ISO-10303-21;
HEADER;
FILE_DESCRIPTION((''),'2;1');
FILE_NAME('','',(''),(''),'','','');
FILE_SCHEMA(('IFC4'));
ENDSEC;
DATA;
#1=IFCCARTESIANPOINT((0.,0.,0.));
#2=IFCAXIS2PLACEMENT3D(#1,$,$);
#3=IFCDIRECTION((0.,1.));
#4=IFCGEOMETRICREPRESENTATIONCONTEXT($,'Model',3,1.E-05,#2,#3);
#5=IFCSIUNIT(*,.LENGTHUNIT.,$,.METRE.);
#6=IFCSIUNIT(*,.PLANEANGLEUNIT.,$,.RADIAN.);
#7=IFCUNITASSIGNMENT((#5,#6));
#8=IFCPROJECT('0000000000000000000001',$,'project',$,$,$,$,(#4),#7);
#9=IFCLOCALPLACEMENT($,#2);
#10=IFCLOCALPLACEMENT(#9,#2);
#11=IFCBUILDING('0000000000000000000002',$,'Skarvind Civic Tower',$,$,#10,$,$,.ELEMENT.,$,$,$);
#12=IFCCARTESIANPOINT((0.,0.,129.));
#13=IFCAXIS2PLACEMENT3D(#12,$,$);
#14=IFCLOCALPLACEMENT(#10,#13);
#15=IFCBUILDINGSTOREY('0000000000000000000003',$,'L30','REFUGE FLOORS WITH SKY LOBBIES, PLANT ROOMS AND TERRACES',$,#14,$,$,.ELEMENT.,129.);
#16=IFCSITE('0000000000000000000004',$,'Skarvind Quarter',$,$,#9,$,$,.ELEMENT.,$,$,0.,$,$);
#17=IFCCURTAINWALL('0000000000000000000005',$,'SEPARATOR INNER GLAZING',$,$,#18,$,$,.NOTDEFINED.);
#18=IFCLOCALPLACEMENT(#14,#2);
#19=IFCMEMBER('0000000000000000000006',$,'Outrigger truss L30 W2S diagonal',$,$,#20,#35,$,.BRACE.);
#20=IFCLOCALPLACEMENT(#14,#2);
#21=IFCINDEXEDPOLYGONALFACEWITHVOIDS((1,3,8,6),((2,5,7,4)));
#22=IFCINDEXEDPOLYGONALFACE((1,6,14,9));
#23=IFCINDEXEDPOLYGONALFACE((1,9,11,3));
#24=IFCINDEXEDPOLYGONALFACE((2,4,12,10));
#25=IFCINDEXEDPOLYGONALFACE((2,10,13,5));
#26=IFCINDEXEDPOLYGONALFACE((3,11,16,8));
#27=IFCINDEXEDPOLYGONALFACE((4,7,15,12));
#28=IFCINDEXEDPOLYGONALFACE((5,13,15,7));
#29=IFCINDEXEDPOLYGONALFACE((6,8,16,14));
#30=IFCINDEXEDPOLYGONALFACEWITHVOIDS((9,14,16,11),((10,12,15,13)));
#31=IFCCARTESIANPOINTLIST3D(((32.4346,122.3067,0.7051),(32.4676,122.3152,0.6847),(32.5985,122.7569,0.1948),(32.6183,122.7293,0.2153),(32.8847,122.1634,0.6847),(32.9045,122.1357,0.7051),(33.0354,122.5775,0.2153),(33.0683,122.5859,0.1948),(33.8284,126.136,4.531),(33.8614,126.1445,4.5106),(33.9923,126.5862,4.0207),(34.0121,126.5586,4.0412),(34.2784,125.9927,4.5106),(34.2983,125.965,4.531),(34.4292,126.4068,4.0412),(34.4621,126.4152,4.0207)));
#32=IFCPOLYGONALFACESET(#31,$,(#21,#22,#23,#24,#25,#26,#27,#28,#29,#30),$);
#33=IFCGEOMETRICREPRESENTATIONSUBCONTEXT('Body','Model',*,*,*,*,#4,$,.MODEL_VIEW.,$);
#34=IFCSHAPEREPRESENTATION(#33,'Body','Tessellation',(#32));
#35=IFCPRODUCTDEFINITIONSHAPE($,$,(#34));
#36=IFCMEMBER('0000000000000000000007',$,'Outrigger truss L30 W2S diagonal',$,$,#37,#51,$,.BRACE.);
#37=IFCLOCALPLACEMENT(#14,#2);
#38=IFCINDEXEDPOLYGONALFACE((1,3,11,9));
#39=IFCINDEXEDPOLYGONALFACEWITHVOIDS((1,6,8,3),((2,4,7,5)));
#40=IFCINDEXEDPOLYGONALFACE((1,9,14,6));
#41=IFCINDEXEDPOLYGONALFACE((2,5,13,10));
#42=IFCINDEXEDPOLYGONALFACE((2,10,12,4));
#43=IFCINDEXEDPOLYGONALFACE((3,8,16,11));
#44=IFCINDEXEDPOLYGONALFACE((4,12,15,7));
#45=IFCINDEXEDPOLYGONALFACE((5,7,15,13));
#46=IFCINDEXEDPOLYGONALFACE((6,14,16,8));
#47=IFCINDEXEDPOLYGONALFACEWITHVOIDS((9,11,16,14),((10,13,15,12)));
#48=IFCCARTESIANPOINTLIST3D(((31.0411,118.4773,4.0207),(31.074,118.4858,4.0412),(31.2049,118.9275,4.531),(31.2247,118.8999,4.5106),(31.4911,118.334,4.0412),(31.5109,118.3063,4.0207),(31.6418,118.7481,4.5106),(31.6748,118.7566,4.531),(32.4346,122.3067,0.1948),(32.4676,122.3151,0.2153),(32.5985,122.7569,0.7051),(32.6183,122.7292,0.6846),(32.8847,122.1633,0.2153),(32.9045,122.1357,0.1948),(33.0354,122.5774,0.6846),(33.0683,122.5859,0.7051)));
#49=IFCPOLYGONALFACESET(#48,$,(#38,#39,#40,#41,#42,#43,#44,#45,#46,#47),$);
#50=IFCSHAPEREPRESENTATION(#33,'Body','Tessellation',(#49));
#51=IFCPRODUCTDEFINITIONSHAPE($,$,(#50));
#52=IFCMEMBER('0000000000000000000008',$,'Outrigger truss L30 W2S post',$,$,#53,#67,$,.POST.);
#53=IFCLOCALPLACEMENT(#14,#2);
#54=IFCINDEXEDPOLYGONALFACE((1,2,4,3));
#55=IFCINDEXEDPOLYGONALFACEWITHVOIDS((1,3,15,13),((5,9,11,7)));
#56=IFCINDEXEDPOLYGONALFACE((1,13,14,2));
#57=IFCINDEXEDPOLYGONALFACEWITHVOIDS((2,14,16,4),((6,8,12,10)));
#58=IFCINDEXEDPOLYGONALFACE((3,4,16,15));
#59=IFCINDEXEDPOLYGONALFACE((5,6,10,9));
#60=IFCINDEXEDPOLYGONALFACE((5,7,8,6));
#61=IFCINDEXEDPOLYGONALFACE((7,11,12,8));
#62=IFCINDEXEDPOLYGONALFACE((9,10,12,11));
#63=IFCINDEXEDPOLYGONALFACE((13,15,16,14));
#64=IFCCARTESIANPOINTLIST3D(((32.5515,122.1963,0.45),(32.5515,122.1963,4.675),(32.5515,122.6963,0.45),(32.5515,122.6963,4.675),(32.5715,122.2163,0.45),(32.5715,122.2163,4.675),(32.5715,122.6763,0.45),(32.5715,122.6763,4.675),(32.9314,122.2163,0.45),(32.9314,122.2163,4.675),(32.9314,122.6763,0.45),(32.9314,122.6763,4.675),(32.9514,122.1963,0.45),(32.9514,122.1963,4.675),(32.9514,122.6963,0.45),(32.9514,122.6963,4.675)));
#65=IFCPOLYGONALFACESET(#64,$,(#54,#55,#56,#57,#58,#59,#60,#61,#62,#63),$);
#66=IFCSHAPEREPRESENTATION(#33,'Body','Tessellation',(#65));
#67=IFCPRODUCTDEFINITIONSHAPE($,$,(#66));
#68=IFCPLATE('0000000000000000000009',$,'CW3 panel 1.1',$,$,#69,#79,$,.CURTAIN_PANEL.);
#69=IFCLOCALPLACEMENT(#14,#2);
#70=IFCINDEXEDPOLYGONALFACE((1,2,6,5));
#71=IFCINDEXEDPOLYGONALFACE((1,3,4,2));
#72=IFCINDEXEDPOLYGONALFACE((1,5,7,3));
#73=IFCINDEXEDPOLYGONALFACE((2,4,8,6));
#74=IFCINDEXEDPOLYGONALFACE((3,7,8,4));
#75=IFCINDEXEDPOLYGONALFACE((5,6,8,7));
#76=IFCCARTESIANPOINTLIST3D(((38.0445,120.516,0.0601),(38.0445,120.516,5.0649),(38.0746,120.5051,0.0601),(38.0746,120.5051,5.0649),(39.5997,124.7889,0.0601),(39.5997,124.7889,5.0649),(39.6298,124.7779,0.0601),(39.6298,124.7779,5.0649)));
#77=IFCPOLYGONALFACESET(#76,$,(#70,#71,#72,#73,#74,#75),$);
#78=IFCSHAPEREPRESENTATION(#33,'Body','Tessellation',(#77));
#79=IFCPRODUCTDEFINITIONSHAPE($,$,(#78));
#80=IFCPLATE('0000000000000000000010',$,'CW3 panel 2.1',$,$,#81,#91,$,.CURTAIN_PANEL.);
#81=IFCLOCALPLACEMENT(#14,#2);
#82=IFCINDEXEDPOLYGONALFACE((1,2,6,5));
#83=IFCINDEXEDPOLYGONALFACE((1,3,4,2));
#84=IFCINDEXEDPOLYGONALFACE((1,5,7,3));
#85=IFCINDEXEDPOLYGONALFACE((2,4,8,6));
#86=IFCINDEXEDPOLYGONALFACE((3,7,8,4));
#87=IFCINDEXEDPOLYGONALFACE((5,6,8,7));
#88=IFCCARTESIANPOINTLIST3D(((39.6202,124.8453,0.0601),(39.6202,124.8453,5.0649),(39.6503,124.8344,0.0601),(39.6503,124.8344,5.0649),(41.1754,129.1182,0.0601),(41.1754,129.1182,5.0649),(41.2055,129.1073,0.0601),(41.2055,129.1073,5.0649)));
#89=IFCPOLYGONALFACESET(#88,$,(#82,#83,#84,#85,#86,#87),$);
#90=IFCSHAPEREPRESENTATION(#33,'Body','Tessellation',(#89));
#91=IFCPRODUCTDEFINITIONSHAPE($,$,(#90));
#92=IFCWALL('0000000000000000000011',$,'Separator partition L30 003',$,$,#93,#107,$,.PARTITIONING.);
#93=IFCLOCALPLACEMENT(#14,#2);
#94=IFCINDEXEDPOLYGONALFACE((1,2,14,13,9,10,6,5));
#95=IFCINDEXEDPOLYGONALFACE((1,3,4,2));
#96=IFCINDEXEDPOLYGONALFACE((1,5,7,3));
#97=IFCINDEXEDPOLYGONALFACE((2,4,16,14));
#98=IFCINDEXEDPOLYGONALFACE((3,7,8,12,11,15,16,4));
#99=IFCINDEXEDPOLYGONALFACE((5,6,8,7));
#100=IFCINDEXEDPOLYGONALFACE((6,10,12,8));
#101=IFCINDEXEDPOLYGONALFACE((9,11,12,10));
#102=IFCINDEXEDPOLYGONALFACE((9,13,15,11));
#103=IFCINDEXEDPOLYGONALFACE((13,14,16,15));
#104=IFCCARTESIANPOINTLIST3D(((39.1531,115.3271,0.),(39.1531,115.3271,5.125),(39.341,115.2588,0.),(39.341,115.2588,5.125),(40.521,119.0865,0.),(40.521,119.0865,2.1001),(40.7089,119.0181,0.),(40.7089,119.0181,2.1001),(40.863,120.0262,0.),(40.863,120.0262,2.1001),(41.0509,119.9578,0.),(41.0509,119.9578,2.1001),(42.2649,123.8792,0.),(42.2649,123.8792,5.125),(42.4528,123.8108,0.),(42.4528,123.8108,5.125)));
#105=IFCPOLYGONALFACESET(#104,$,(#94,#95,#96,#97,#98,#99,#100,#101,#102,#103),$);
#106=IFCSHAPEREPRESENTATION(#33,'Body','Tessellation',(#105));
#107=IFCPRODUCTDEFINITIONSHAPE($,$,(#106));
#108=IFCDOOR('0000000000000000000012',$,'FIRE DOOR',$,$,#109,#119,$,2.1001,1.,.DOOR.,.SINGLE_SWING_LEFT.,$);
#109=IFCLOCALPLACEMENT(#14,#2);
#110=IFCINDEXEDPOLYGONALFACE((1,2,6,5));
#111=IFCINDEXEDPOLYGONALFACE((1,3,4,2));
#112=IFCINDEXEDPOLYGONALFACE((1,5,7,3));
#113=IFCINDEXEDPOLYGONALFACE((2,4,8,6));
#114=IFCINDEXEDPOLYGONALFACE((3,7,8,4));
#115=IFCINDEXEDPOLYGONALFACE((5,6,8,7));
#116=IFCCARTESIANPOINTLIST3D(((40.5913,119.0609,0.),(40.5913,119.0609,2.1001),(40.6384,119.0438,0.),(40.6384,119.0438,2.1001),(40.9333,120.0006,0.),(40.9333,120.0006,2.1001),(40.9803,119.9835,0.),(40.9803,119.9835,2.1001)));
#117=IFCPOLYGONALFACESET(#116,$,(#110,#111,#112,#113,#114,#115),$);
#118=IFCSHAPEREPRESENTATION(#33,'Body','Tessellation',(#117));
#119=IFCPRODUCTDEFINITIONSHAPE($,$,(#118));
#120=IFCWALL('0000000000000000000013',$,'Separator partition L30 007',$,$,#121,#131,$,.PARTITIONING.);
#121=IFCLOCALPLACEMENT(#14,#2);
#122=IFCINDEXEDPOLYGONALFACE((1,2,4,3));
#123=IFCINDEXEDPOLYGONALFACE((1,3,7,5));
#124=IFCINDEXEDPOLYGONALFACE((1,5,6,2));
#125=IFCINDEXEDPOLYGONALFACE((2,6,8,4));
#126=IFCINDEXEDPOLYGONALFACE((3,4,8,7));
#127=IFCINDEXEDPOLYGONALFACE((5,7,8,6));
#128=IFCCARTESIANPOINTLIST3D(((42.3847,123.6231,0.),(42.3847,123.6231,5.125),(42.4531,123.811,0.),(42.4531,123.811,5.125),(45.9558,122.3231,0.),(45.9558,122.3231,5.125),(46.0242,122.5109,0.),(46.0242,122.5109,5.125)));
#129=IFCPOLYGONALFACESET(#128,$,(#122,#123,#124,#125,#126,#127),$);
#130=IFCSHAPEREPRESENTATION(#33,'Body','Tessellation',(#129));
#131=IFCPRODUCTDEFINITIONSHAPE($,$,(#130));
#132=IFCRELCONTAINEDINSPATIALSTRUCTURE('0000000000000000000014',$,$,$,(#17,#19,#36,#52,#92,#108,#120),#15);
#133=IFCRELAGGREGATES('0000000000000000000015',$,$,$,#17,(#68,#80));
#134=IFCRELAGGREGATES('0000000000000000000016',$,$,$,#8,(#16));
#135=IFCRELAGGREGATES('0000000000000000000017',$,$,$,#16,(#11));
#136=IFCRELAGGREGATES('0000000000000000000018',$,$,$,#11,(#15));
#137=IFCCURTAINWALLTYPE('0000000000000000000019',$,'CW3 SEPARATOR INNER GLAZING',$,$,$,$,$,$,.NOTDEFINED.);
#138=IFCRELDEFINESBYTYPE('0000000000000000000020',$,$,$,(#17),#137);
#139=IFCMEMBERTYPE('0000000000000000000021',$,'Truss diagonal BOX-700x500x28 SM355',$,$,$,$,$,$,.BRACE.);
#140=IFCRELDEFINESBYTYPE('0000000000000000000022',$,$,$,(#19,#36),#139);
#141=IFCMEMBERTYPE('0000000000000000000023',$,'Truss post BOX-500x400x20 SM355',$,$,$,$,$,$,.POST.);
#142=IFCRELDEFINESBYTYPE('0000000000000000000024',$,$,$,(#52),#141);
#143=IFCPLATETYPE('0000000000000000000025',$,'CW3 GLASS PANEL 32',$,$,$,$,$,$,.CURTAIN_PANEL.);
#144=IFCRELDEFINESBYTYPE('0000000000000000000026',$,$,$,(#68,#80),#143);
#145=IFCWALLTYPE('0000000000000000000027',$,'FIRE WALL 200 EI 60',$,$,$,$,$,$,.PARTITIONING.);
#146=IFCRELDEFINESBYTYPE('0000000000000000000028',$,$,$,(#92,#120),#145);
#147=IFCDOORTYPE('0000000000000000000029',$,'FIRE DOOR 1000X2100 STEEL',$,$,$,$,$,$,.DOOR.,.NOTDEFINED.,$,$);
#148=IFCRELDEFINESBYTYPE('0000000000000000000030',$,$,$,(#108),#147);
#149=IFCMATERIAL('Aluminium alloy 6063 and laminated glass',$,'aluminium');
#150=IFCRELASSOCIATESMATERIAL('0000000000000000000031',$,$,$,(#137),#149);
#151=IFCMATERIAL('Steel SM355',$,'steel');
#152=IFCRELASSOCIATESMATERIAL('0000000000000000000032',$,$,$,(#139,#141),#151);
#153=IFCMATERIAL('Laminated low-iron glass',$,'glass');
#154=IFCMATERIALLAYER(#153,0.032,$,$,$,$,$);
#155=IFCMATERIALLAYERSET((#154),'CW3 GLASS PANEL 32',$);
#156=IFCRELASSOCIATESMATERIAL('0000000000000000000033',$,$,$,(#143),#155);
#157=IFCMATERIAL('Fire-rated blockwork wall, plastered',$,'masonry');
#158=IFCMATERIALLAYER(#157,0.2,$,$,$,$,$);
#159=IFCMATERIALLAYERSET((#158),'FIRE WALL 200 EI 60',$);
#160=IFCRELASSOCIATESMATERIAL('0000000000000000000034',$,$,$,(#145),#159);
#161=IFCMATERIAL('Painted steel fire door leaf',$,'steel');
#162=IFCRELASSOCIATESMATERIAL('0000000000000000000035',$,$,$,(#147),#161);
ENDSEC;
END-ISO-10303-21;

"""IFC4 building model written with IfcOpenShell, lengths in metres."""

from ifc_helpers import new_model, si_unit, direction, frame, frame_2d, origin, origin_2d, place, context, subcontext, project, spatial, rectangle, hollow_rectangle, extrude, material, layer, layer_set, material_profile, profile_set, type_object, element, fill, aggregate, save


model = new_model("IFC4")

# Units and contexts
model_context = context("Model", 3, precision=1e-05, world=origin(), true_north=direction((0.0, 1.0)))
body_context = subcontext(model_context, "Body", "Model", "MODEL_VIEW")
ifc_project = project(units=[si_unit("LENGTHUNIT", "METRE"), si_unit("PLANEANGLEUNIT", "RADIAN")], contexts=[model_context])

# Site, building, storey
site_placement = place(None, origin())
site = spatial("IfcSite", under=ifc_project, at=site_placement, Name="Skarvind Quarter", CompositionType="ELEMENT", RefElevation=0.0)
building_placement = place(site_placement, origin())
building = spatial("IfcBuilding", under=site, at=building_placement, Name="Skarvind Civic Tower", CompositionType="ELEMENT")
storey_placement = place(building_placement, frame((0.0, 0.0, 129.0)))
storey = spatial("IfcBuildingStorey", under=building, at=storey_placement, Name="L30", Description="REFUGE FLOORS WITH SKY LOBBIES, PLANT ROOMS AND TERRACES", CompositionType="ELEMENT", Elevation=129.0)

# Shared definitions
ifc_material_1 = material(Name="Aluminium alloy 6063 and laminated glass", Category="aluminium")
curtain_wall_type = type_object("IfcCurtainWallType", Name="CW3 SEPARATOR INNER GLAZING", PredefinedType="NOTDEFINED", material=ifc_material_1)

# Curtain wall
curtain_wall_1_placement = place(storey_placement, origin())
curtain_wall_1 = element("IfcCurtainWall", 1, at=curtain_wall_1_placement, inside=storey, type_object=curtain_wall_type, Name="SEPARATOR INNER GLAZING", PredefinedType="NOTDEFINED")

# Members
ifc_material_2 = material(Name="Steel SM355", Category="steel")
ifc_material_profile_1 = material_profile(ifc_material_2, hollow_rectangle(XDim=0.5, YDim=0.7, WallThickness=0.0281, at=origin_2d()), Name="BOX-700x500x28")
ifc_profile_set_1 = profile_set([ifc_material_profile_1], Name="Steel SM355")
member_type_1 = type_object("IfcMemberType", Name="Truss diagonal BOX-700x500x28 SM355", PredefinedType="BRACE", material=ifc_profile_set_1)
for number, where, z_axis, x_axis, name in (
    (2, (34.1453, 126.2756, 4.2759), (-0.249353, -0.685077, -0.684465), (0.93969, -0.342027, 0.0), "Outrigger truss L30 W2S diagonal"),
    (3, (32.7515, 122.4463, 0.45), (-0.249312, -0.685084, 0.684473), (0.939709, -0.341974, 0.0), "Outrigger truss L30 W2S diagonal"),
):
    element("IfcMember", number, at=place(storey_placement, frame(where, z_axis=z_axis, x_axis=x_axis)), inside=storey, type_object=member_type_1, Name=name, PredefinedType="BRACE", context=body_context, shape_type="SweptSolid", body=[
        extrude(hollow_rectangle(XDim=0.5, YDim=0.7, WallThickness=0.0281, at=origin_2d()), origin(), (0.0, 0.0, 1.0), 5.5896),
    ])
ifc_material_profile_2 = material_profile(ifc_material_2, hollow_rectangle(XDim=0.3999, YDim=0.5, WallThickness=0.02, at=origin_2d()), Name="BOX-500x400x20")
ifc_profile_set_2 = profile_set([ifc_material_profile_2], Name="Steel SM355")
member_type_2 = type_object("IfcMemberType", Name="Truss post BOX-500x400x20 SM355", PredefinedType="POST", material=ifc_profile_set_2)
member_1_placement = place(storey_placement, frame((32.7515, 122.4463, 0.45), z_axis=(0.0, 0.0, 1.0), x_axis=(1.0, 0.0, 0.0)))
element("IfcMember", 4, at=member_1_placement, inside=storey, type_object=member_type_2, Name="Outrigger truss L30 W2S post", PredefinedType="POST", context=body_context, shape_type="SweptSolid", body=[
    extrude(hollow_rectangle(XDim=0.3999, YDim=0.5, WallThickness=0.02, at=origin_2d()), origin(), (0.0, 0.0, 1.0), 4.2251),
])

# Plates
ifc_material_3 = material(Name="Laminated low-iron glass", Category="glass")
ifc_layer_1 = layer(ifc_material_3, 0.032)
ifc_layer_set_1 = layer_set([ifc_layer_1], Name="CW3 GLASS PANEL 32")
plate_type = type_object("IfcPlateType", Name="CW3 GLASS PANEL 32", PredefinedType="CURTAIN_PANEL", material=ifc_layer_set_1)
plate_1_placement = place(storey_placement, frame((38.8372, 122.647, 0.0601), z_axis=(0.0, 0.0, 1.0), x_axis=(0.342026, 0.93969, 0.0)))
plate_1 = element("IfcPlate", 5, at=plate_1_placement, type_object=plate_type, Name="CW3 panel 1.1", PredefinedType="CURTAIN_PANEL", context=body_context, shape_type="SweptSolid", body=[
    extrude(rectangle(XDim=4.5471, YDim=0.032, at=origin_2d()), origin(), (0.0, 0.0, 1.0), 5.0049),
])
plate_2_placement = place(storey_placement, frame((40.4128, 126.9763, 0.0601), z_axis=(0.0, 0.0, 1.0), x_axis=(0.342026, 0.93969, 0.0)))
plate_2 = element("IfcPlate", 6, at=plate_2_placement, type_object=plate_type, Name="CW3 panel 2.1", PredefinedType="CURTAIN_PANEL", context=body_context, shape_type="SweptSolid", body=[
    extrude(rectangle(XDim=4.5471, YDim=0.032, at=origin_2d()), origin(), (0.0, 0.0, 1.0), 5.0049),
])
aggregate(curtain_wall_1, [plate_1, plate_2])

# Wall, opening, door
ifc_material_4 = material(Name="Fire-rated blockwork wall, plastered", Category="masonry")
ifc_layer_2 = layer(ifc_material_4, 0.2)
ifc_layer_set_2 = layer_set([ifc_layer_2], Name="FIRE WALL 200 EI 60")
wall_type_1 = type_object("IfcWallType", Name="FIRE WALL 200 EI 60", PredefinedType="PARTITIONING", material=ifc_layer_set_2)
wall_1_placement = place(storey_placement, frame((42.3589, 123.845, 0.0), z_axis=(0.0, 0.0, 1.0), x_axis=(-0.341937, -0.939723, 0.0)))
wall_1 = element("IfcWall", 7, at=wall_1_placement, inside=storey, type_object=wall_type_1, Name="Separator partition L30 003", PredefinedType="PARTITIONING", context=body_context, shape_type="SweptSolid", body=[
    extrude(rectangle(XDim=9.1006, YDim=0.2, at=frame_2d((4.5503, 0.0))), origin(), (0.0, 0.0, 1.0), 5.125),
])
opening_1_placement = place(wall_1_placement, frame((4.1001, 0.0, 0.0)))
opening_1 = element("IfcOpeningElement", 8, at=opening_1_placement, cuts=wall_1, PredefinedType="OPENING", context=body_context, shape_type="SweptSolid", body=[
    extrude(rectangle(XDim=1.0, YDim=2.1001, at=frame_2d((0.5, 1.05))), frame((0.0, 0.1099, 0.0), z_axis=(0.0, -1.0, 0.0), x_axis=(1.0, 0.0, 0.0)), (0.0, 0.0, 1.0), 0.22),
])
ifc_material_5 = material(Name="Painted steel fire door leaf", Category="steel")
door_type = type_object("IfcDoorType", Name="FIRE DOOR 1000X2100 STEEL", OperationType="NOTDEFINED", PredefinedType="DOOR", material=ifc_material_5)
door_1_placement = place(opening_1_placement, origin())
door_1 = element("IfcDoor", 9, at=door_1_placement, inside=storey, type_object=door_type, Name="FIRE DOOR", OperationType="SINGLE_SWING_LEFT", OverallHeight=2.1001, OverallWidth=1.0, PredefinedType="DOOR", context=body_context, shape_type="SweptSolid", body=[
    extrude(rectangle(XDim=1.0, YDim=2.1001, at=frame_2d((0.5, 1.05))), frame((0.0, 0.0249, 0.0), z_axis=(0.0, -1.0, 0.0), x_axis=(1.0, 0.0, 0.0)), (0.0, 0.0, 1.0), 0.05),
])
fill(opening_1, door_1)

# Wall
wall_2_placement = place(storey_placement, frame((42.4189, 123.717, 0.0), z_axis=(0.0, 0.0, 1.0), x_axis=(0.939668, -0.342089, 0.0)))
element("IfcWall", 10, at=wall_2_placement, inside=storey, type_object=wall_type_1, Name="Separator partition L30 007", PredefinedType="PARTITIONING", context=body_context, shape_type="SweptSolid", body=[
    extrude(rectangle(XDim=3.8003, YDim=0.2, at=frame_2d((1.9001, 0.0))), origin(), (0.0, 0.0, 1.0), 5.125),
])

save(model, "model.ifc")
